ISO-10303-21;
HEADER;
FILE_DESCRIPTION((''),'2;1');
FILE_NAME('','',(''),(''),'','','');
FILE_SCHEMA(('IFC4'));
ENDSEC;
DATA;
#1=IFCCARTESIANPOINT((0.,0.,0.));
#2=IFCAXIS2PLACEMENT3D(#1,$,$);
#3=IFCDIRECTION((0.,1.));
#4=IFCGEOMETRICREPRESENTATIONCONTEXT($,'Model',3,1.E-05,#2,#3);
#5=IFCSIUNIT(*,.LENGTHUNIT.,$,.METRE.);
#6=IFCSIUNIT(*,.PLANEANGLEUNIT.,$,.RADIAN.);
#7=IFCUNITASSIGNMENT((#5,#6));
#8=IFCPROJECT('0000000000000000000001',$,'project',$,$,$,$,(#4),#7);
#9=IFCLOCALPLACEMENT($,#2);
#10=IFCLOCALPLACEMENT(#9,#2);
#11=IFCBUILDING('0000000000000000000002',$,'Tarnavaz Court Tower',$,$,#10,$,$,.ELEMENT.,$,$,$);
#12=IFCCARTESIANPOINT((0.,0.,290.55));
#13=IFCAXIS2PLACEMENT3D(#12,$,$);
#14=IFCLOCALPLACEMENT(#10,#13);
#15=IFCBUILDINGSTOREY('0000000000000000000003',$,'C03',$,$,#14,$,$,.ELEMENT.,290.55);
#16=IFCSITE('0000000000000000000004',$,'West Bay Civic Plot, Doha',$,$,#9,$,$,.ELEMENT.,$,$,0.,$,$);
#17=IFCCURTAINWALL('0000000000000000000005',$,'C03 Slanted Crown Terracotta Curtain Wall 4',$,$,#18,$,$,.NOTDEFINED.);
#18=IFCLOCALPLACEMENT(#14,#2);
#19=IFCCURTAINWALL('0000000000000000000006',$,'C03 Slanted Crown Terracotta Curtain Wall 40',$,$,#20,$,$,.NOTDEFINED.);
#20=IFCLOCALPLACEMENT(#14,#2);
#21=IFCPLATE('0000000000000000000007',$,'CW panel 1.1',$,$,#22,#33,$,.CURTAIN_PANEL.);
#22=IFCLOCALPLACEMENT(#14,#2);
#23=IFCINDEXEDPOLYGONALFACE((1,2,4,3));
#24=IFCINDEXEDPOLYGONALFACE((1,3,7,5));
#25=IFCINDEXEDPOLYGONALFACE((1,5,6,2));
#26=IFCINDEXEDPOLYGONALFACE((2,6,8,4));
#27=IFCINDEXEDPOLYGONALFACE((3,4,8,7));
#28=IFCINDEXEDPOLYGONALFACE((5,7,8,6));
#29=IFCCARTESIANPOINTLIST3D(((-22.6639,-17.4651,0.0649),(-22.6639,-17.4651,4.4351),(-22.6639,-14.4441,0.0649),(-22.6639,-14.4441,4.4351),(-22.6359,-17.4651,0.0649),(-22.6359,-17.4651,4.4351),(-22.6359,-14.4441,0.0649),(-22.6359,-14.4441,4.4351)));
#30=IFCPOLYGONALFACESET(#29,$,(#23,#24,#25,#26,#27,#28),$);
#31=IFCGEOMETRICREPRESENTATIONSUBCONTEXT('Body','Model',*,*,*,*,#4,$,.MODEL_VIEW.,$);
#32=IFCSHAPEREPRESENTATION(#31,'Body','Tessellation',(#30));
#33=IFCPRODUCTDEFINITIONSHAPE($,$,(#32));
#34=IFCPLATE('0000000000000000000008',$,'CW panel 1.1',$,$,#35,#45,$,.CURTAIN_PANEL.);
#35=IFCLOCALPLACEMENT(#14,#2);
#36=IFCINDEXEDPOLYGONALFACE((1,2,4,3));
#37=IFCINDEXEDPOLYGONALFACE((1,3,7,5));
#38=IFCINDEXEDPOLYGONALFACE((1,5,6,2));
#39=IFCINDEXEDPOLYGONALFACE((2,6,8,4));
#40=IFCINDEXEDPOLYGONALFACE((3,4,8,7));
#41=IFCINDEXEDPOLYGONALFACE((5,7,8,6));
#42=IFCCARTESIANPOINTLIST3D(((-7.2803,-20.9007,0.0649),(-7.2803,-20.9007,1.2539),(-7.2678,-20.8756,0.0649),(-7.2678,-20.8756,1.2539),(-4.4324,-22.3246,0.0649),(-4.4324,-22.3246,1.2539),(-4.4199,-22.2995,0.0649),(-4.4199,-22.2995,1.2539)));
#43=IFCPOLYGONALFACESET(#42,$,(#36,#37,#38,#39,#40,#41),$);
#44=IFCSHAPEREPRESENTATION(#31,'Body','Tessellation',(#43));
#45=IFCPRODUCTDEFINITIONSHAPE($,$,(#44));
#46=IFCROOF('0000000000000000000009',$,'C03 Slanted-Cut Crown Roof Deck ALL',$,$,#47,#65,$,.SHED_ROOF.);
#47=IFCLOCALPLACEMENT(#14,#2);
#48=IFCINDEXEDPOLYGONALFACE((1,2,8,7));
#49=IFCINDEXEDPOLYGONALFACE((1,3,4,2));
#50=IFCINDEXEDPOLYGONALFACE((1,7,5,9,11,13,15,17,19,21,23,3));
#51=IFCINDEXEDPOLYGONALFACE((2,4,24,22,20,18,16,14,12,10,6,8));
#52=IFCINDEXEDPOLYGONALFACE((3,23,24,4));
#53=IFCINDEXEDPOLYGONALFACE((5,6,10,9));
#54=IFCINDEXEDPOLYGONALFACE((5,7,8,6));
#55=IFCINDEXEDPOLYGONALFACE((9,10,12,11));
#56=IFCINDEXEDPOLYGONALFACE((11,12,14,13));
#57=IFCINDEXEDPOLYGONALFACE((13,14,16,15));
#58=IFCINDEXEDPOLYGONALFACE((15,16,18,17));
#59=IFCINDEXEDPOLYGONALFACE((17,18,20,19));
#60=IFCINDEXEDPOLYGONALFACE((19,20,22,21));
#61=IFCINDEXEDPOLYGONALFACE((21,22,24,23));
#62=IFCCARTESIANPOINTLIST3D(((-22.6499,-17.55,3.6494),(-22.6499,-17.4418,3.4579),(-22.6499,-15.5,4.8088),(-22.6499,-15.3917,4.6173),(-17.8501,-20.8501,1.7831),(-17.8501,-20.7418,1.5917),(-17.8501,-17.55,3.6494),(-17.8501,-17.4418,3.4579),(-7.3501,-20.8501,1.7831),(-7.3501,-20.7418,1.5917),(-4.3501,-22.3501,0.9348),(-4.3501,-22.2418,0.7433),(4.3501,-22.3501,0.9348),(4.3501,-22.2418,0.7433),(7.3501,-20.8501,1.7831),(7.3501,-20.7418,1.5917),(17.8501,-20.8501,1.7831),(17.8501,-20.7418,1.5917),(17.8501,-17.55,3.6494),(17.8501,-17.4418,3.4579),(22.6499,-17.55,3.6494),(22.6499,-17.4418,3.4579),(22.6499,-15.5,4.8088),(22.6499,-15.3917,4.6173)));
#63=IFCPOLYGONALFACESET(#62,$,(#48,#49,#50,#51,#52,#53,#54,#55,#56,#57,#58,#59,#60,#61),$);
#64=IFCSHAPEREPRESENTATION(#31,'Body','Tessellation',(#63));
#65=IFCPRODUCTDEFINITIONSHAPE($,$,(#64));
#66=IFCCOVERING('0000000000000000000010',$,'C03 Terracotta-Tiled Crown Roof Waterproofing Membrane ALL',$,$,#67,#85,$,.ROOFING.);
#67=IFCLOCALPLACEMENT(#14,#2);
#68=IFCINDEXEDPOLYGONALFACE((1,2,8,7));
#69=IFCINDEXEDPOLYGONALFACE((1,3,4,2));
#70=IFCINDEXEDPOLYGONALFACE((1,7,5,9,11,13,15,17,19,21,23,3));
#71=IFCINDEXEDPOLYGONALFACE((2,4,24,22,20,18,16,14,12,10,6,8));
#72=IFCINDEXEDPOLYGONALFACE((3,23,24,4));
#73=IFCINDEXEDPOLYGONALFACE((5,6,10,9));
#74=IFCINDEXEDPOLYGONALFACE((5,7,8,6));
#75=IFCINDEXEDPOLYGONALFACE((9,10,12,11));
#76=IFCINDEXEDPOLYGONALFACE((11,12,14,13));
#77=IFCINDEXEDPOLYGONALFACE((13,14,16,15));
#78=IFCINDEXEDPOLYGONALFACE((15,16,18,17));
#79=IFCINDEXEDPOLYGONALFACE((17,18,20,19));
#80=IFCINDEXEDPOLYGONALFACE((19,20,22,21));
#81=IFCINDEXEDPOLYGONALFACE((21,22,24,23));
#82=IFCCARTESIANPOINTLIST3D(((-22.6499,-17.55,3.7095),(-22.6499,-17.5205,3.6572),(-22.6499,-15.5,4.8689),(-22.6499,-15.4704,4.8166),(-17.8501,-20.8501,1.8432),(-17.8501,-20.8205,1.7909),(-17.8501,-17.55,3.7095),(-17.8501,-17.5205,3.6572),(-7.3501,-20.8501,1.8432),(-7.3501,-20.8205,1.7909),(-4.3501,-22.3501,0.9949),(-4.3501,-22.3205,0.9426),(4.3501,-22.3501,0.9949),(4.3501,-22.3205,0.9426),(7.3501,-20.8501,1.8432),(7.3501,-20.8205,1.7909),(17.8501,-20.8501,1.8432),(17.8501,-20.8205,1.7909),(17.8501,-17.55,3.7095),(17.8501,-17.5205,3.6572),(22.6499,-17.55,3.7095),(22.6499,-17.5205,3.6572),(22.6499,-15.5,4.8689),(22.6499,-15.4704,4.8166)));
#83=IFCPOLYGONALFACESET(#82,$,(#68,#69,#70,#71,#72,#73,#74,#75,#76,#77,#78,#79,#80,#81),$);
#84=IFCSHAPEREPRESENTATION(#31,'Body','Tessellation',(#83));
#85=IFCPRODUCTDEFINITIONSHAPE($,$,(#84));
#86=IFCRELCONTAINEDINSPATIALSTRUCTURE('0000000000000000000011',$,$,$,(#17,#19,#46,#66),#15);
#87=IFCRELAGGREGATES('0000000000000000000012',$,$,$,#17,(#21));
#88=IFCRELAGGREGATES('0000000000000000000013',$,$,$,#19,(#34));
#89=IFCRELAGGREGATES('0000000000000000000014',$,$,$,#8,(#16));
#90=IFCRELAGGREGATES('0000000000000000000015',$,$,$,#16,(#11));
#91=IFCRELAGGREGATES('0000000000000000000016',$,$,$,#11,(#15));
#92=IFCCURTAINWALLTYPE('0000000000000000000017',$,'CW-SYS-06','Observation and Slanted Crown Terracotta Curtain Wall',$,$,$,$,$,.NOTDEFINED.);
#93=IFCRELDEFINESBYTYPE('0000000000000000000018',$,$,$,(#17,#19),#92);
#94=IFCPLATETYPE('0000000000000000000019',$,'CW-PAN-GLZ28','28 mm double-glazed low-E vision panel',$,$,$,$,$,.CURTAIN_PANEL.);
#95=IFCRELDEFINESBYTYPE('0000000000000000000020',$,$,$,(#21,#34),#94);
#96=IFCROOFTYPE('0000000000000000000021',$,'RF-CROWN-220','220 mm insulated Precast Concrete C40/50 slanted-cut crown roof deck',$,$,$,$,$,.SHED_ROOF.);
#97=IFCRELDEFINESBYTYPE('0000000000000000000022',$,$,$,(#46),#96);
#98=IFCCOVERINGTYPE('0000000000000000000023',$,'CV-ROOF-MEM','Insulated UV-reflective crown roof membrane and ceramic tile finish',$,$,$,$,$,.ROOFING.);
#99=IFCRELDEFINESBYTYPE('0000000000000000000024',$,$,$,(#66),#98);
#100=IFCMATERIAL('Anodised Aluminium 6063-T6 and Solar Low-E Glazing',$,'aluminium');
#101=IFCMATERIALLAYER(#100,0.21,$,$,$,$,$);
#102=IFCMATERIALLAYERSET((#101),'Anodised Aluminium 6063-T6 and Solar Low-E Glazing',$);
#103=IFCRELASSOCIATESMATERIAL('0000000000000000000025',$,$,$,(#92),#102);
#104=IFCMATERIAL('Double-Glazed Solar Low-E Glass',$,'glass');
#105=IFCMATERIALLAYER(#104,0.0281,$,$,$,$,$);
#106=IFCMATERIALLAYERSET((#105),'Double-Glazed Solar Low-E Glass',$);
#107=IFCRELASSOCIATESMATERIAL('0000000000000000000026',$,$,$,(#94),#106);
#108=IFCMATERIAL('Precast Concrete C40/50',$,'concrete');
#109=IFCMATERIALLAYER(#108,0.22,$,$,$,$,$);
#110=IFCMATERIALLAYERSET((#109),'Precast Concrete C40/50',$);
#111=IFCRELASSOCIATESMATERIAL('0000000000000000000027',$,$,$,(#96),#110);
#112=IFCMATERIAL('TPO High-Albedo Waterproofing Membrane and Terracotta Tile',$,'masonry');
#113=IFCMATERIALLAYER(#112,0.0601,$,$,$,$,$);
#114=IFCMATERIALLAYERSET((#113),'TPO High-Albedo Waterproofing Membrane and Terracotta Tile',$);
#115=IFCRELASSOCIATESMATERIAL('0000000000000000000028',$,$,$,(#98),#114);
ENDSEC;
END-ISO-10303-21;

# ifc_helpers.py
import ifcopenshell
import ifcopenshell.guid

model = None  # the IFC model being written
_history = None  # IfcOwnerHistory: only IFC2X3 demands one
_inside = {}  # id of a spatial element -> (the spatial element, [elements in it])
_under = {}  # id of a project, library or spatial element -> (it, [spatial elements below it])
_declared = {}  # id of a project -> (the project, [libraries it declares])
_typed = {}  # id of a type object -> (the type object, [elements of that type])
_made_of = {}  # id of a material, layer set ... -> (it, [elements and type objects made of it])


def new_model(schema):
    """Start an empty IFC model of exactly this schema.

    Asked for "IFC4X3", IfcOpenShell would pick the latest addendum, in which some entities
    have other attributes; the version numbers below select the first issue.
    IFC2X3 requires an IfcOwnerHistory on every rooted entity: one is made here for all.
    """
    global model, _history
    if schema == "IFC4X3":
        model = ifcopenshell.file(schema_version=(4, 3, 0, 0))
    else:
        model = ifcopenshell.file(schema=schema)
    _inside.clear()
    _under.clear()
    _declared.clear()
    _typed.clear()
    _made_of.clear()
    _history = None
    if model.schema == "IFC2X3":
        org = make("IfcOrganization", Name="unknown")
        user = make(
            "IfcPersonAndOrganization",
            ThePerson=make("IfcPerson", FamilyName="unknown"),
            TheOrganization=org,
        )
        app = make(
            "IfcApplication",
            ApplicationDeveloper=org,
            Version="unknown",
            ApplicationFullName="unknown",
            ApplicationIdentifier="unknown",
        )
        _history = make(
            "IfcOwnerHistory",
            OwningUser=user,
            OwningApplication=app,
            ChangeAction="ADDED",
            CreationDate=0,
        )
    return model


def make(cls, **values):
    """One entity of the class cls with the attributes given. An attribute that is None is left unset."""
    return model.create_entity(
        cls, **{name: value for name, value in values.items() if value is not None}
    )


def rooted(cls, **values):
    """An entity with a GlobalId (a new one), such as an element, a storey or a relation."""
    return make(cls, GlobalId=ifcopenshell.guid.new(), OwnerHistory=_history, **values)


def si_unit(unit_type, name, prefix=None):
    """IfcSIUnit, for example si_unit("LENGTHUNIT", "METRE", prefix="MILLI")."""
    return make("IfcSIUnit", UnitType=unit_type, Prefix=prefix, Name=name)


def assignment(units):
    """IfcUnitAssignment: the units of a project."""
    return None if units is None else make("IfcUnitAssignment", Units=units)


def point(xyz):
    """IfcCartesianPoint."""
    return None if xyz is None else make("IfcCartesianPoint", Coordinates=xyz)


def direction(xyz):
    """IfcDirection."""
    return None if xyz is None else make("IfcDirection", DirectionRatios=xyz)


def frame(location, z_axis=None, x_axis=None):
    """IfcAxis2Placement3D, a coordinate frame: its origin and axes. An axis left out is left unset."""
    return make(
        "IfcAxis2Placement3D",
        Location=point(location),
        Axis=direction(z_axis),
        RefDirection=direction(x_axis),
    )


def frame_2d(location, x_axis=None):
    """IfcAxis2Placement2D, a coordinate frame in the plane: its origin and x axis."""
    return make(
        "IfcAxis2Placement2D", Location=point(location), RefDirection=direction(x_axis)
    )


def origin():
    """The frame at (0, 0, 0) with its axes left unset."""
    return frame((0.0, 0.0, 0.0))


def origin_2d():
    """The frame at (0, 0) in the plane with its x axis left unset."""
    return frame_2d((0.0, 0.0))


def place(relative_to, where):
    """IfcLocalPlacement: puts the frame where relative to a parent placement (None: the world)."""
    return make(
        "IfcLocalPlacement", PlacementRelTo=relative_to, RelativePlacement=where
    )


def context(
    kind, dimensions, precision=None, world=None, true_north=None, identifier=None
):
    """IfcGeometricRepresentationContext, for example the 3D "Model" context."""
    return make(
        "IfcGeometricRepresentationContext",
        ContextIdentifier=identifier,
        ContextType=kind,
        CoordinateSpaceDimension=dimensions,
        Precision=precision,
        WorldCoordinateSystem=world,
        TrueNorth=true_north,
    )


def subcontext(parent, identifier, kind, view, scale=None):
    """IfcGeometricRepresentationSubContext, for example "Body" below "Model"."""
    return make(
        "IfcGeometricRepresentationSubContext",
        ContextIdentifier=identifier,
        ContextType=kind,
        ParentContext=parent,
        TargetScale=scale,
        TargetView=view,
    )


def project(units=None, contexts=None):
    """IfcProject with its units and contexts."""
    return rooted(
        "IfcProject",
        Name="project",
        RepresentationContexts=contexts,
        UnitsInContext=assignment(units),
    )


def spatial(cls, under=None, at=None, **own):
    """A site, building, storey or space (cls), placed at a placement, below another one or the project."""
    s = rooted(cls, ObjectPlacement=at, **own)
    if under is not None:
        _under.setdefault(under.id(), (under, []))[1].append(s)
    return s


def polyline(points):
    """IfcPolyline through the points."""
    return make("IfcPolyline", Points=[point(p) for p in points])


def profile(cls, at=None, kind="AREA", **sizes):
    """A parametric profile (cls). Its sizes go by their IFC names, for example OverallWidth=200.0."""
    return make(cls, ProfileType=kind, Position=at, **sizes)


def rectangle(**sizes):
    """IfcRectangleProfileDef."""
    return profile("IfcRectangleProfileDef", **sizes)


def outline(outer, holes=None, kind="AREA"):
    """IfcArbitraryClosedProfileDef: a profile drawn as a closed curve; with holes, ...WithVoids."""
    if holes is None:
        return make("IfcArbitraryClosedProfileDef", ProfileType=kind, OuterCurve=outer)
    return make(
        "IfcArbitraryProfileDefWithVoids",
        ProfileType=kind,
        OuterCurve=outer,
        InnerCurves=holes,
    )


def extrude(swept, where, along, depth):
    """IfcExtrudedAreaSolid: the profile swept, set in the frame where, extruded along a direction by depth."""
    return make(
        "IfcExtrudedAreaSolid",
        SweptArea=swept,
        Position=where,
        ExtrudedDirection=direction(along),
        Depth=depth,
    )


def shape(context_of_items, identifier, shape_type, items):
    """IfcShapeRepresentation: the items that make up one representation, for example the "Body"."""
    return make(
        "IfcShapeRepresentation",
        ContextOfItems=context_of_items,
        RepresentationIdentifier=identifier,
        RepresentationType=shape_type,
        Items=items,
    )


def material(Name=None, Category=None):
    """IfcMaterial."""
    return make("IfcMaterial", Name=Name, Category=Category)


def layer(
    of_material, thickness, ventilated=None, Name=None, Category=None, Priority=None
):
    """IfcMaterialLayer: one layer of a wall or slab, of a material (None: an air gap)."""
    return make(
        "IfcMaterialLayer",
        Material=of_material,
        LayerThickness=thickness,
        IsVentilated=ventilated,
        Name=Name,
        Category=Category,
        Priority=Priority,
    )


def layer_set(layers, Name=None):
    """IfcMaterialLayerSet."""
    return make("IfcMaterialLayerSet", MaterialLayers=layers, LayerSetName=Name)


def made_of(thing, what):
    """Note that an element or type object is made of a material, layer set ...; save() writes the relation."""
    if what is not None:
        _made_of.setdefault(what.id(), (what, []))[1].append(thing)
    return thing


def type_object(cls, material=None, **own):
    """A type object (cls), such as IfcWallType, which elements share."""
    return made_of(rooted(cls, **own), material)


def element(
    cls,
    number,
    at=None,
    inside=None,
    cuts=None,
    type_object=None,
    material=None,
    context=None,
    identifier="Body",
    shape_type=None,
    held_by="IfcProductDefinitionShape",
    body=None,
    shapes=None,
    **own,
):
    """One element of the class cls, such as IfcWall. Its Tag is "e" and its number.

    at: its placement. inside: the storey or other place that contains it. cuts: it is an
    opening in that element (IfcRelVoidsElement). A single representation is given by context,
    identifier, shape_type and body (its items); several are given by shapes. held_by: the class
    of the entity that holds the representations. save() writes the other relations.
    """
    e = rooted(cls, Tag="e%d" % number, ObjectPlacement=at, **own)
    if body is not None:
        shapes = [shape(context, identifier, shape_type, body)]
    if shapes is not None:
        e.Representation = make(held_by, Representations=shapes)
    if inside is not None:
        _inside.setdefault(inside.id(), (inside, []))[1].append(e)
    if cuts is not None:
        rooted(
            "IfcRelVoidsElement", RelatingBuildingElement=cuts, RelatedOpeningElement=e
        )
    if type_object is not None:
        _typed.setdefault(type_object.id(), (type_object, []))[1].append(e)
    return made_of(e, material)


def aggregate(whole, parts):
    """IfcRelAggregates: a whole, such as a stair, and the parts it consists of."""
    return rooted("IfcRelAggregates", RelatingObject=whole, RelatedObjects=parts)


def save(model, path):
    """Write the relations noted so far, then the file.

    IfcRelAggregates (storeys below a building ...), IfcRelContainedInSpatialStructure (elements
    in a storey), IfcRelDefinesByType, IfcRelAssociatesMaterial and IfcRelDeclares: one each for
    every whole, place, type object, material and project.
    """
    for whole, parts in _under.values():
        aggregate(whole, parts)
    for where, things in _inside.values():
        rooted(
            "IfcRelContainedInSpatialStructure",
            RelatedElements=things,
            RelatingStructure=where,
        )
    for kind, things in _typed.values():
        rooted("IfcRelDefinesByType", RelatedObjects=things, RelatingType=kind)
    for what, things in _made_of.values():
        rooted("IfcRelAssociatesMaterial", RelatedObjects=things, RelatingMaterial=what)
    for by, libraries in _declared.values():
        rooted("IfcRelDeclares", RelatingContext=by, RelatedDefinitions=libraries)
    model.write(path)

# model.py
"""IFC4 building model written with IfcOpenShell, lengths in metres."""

from ifc_helpers import new_model, si_unit, direction, frame, origin, origin_2d, place, context, subcontext, project, spatial, polyline, rectangle, outline, extrude, material, layer, layer_set, type_object, element, aggregate, save


model = new_model("IFC4")

# Units and contexts
model_context = context("Model", 3, precision=1e-05, world=origin(), true_north=direction((0.0, 1.0)))
body_context = subcontext(model_context, "Body", "Model", "MODEL_VIEW")
ifc_project = project(units=[si_unit("LENGTHUNIT", "METRE"), si_unit("PLANEANGLEUNIT", "RADIAN")], contexts=[model_context])

# Site, building, storey
site_placement = place(None, origin())
site = spatial("IfcSite", under=ifc_project, at=site_placement, Name="West Bay Civic Plot, Doha", CompositionType="ELEMENT", RefElevation=0.0)
building_placement = place(site_placement, origin())
building = spatial("IfcBuilding", under=site, at=building_placement, Name="Tarnavaz Court Tower", CompositionType="ELEMENT")
storey_placement = place(building_placement, frame((0.0, 0.0, 290.55)))
storey = spatial("IfcBuildingStorey", under=building, at=storey_placement, Name="C03", CompositionType="ELEMENT", Elevation=290.55)

# Curtain wall
ifc_material_1 = material(Name="Anodised Aluminium 6063-T6 and Solar Low-E Glazing", Category="aluminium")
ifc_layer_1 = layer(ifc_material_1, 0.21)
ifc_layer_set_1 = layer_set([ifc_layer_1], Name="Anodised Aluminium 6063-T6 and Solar Low-E Glazing")
curtain_wall_type = type_object("IfcCurtainWallType", Name="CW-SYS-06", Description="Observation and Slanted Crown Terracotta Curtain Wall", PredefinedType="NOTDEFINED", material=ifc_layer_set_1)
curtain_wall_1_placement = place(storey_placement, origin())
curtain_wall_1 = element("IfcCurtainWall", 1, at=curtain_wall_1_placement, inside=storey, type_object=curtain_wall_type, Name="C03 Slanted Crown Terracotta Curtain Wall 4", PredefinedType="NOTDEFINED")

# Curtain wall
curtain_wall_2_placement = place(storey_placement, origin())
curtain_wall_2 = element("IfcCurtainWall", 2, at=curtain_wall_2_placement, inside=storey, type_object=curtain_wall_type, Name="C03 Slanted Crown Terracotta Curtain Wall 40", PredefinedType="NOTDEFINED")

# Plates
ifc_material_2 = material(Name="Double-Glazed Solar Low-E Glass", Category="glass")
ifc_layer_2 = layer(ifc_material_2, 0.0281)
ifc_layer_set_2 = layer_set([ifc_layer_2], Name="Double-Glazed Solar Low-E Glass")
plate_type = type_object("IfcPlateType", Name="CW-PAN-GLZ28", Description="28 mm double-glazed low-E vision panel", PredefinedType="CURTAIN_PANEL", material=ifc_layer_set_2)
plate_1_placement = place(storey_placement, frame((-22.6499, -15.9546, 0.0649), z_axis=(0.0, 0.0, 1.0), x_axis=(0.0, 1.0, 0.0)))
plate_1 = element("IfcPlate", 3, at=plate_1_placement, type_object=plate_type, Name="CW panel 1.1", PredefinedType="CURTAIN_PANEL", context=body_context, shape_type="SweptSolid", body=[
    extrude(rectangle(XDim=3.021, YDim=0.0281, at=origin_2d()), origin(), (0.0, 0.0, 1.0), 4.3701),
])
aggregate(curtain_wall_1, [plate_1])
plate_2_placement = place(storey_placement, frame((-5.8501, -21.6001, 0.0649), z_axis=(0.0, 0.0, 1.0), x_axis=(-0.894427, 0.447214, 0.0)))
plate_2 = element("IfcPlate", 4, at=plate_2_placement, type_object=plate_type, Name="CW panel 1.1", PredefinedType="CURTAIN_PANEL", context=body_context, shape_type="SweptSolid", body=[
    extrude(rectangle(XDim=3.1841, YDim=0.0281, at=origin_2d()), origin(), (0.0, 0.0, 1.0), 1.189),
])
aggregate(curtain_wall_2, [plate_2])

# Roof
ifc_material_3 = material(Name="Precast Concrete C40/50", Category="concrete")
ifc_layer_3 = layer(ifc_material_3, 0.22)
ifc_layer_set_3 = layer_set([ifc_layer_3], Name="Precast Concrete C40/50")
roof_type = type_object("IfcRoofType", Name="RF-CROWN-220", Description="220 mm insulated Precast Concrete C40/50 slanted-cut crown roof deck", PredefinedType="SHED_ROOF", material=ifc_layer_set_3)
roof_placement = place(storey_placement, frame((-22.6499, -17.55, 3.6494), z_axis=(0.0, -0.492268, 0.870444), x_axis=(0.0, 0.870444, 0.492268)))
element("IfcRoof", 5, at=roof_placement, inside=storey, type_object=roof_type, Name="C03 Slanted-Cut Crown Roof Deck ALL", PredefinedType="SHED_ROOF", context=body_context, shape_type="SweptSolid", body=[
    extrude(outline(polyline([(0.0, 0.0), (2.3552, 0.0), (2.3552, -45.2998), (0.0, -45.2998), (0.0, -40.5), (-3.7912, -40.5), (-3.7912, -30.0), (-5.5145, -27.0), (-5.5145, -18.2998), (-3.7912, -15.2998), (-3.7912, -4.7998), (0.0, -4.7998), (0.0, 0.0)])), origin(), (0.0, 0.0, -1.0), 0.22),
])

# Covering
ifc_material_4 = material(Name="TPO High-Albedo Waterproofing Membrane and Terracotta Tile", Category="masonry")
ifc_layer_4 = layer(ifc_material_4, 0.0601)
ifc_layer_set_4 = layer_set([ifc_layer_4], Name="TPO High-Albedo Waterproofing Membrane and Terracotta Tile")
covering_type = type_object("IfcCoveringType", Name="CV-ROOF-MEM", Description="Insulated UV-reflective crown roof membrane and ceramic tile finish", PredefinedType="ROOFING", material=ifc_layer_set_4)
covering_placement = place(storey_placement, frame((-22.6499, -17.55, 3.7095), z_axis=(0.0, -0.492268, 0.870444), x_axis=(0.0, 0.870444, 0.492268)))
element("IfcCovering", 6, at=covering_placement, inside=storey, type_object=covering_type, Name="C03 Terracotta-Tiled Crown Roof Waterproofing Membrane ALL", PredefinedType="ROOFING", context=body_context, shape_type="SweptSolid", body=[
    extrude(outline(polyline([(0.0, 0.0), (2.3552, 0.0), (2.3552, -45.2998), (0.0, -45.2998), (0.0, -40.5), (-3.7912, -40.5), (-3.7912, -30.0), (-5.5145, -27.0), (-5.5145, -18.2998), (-3.7912, -15.2998), (-3.7912, -4.7998), (0.0, -4.7998), (0.0, 0.0)])), origin(), (0.0, 0.0, -1.0), 0.0601),
])

save(model, "model.ifc")
